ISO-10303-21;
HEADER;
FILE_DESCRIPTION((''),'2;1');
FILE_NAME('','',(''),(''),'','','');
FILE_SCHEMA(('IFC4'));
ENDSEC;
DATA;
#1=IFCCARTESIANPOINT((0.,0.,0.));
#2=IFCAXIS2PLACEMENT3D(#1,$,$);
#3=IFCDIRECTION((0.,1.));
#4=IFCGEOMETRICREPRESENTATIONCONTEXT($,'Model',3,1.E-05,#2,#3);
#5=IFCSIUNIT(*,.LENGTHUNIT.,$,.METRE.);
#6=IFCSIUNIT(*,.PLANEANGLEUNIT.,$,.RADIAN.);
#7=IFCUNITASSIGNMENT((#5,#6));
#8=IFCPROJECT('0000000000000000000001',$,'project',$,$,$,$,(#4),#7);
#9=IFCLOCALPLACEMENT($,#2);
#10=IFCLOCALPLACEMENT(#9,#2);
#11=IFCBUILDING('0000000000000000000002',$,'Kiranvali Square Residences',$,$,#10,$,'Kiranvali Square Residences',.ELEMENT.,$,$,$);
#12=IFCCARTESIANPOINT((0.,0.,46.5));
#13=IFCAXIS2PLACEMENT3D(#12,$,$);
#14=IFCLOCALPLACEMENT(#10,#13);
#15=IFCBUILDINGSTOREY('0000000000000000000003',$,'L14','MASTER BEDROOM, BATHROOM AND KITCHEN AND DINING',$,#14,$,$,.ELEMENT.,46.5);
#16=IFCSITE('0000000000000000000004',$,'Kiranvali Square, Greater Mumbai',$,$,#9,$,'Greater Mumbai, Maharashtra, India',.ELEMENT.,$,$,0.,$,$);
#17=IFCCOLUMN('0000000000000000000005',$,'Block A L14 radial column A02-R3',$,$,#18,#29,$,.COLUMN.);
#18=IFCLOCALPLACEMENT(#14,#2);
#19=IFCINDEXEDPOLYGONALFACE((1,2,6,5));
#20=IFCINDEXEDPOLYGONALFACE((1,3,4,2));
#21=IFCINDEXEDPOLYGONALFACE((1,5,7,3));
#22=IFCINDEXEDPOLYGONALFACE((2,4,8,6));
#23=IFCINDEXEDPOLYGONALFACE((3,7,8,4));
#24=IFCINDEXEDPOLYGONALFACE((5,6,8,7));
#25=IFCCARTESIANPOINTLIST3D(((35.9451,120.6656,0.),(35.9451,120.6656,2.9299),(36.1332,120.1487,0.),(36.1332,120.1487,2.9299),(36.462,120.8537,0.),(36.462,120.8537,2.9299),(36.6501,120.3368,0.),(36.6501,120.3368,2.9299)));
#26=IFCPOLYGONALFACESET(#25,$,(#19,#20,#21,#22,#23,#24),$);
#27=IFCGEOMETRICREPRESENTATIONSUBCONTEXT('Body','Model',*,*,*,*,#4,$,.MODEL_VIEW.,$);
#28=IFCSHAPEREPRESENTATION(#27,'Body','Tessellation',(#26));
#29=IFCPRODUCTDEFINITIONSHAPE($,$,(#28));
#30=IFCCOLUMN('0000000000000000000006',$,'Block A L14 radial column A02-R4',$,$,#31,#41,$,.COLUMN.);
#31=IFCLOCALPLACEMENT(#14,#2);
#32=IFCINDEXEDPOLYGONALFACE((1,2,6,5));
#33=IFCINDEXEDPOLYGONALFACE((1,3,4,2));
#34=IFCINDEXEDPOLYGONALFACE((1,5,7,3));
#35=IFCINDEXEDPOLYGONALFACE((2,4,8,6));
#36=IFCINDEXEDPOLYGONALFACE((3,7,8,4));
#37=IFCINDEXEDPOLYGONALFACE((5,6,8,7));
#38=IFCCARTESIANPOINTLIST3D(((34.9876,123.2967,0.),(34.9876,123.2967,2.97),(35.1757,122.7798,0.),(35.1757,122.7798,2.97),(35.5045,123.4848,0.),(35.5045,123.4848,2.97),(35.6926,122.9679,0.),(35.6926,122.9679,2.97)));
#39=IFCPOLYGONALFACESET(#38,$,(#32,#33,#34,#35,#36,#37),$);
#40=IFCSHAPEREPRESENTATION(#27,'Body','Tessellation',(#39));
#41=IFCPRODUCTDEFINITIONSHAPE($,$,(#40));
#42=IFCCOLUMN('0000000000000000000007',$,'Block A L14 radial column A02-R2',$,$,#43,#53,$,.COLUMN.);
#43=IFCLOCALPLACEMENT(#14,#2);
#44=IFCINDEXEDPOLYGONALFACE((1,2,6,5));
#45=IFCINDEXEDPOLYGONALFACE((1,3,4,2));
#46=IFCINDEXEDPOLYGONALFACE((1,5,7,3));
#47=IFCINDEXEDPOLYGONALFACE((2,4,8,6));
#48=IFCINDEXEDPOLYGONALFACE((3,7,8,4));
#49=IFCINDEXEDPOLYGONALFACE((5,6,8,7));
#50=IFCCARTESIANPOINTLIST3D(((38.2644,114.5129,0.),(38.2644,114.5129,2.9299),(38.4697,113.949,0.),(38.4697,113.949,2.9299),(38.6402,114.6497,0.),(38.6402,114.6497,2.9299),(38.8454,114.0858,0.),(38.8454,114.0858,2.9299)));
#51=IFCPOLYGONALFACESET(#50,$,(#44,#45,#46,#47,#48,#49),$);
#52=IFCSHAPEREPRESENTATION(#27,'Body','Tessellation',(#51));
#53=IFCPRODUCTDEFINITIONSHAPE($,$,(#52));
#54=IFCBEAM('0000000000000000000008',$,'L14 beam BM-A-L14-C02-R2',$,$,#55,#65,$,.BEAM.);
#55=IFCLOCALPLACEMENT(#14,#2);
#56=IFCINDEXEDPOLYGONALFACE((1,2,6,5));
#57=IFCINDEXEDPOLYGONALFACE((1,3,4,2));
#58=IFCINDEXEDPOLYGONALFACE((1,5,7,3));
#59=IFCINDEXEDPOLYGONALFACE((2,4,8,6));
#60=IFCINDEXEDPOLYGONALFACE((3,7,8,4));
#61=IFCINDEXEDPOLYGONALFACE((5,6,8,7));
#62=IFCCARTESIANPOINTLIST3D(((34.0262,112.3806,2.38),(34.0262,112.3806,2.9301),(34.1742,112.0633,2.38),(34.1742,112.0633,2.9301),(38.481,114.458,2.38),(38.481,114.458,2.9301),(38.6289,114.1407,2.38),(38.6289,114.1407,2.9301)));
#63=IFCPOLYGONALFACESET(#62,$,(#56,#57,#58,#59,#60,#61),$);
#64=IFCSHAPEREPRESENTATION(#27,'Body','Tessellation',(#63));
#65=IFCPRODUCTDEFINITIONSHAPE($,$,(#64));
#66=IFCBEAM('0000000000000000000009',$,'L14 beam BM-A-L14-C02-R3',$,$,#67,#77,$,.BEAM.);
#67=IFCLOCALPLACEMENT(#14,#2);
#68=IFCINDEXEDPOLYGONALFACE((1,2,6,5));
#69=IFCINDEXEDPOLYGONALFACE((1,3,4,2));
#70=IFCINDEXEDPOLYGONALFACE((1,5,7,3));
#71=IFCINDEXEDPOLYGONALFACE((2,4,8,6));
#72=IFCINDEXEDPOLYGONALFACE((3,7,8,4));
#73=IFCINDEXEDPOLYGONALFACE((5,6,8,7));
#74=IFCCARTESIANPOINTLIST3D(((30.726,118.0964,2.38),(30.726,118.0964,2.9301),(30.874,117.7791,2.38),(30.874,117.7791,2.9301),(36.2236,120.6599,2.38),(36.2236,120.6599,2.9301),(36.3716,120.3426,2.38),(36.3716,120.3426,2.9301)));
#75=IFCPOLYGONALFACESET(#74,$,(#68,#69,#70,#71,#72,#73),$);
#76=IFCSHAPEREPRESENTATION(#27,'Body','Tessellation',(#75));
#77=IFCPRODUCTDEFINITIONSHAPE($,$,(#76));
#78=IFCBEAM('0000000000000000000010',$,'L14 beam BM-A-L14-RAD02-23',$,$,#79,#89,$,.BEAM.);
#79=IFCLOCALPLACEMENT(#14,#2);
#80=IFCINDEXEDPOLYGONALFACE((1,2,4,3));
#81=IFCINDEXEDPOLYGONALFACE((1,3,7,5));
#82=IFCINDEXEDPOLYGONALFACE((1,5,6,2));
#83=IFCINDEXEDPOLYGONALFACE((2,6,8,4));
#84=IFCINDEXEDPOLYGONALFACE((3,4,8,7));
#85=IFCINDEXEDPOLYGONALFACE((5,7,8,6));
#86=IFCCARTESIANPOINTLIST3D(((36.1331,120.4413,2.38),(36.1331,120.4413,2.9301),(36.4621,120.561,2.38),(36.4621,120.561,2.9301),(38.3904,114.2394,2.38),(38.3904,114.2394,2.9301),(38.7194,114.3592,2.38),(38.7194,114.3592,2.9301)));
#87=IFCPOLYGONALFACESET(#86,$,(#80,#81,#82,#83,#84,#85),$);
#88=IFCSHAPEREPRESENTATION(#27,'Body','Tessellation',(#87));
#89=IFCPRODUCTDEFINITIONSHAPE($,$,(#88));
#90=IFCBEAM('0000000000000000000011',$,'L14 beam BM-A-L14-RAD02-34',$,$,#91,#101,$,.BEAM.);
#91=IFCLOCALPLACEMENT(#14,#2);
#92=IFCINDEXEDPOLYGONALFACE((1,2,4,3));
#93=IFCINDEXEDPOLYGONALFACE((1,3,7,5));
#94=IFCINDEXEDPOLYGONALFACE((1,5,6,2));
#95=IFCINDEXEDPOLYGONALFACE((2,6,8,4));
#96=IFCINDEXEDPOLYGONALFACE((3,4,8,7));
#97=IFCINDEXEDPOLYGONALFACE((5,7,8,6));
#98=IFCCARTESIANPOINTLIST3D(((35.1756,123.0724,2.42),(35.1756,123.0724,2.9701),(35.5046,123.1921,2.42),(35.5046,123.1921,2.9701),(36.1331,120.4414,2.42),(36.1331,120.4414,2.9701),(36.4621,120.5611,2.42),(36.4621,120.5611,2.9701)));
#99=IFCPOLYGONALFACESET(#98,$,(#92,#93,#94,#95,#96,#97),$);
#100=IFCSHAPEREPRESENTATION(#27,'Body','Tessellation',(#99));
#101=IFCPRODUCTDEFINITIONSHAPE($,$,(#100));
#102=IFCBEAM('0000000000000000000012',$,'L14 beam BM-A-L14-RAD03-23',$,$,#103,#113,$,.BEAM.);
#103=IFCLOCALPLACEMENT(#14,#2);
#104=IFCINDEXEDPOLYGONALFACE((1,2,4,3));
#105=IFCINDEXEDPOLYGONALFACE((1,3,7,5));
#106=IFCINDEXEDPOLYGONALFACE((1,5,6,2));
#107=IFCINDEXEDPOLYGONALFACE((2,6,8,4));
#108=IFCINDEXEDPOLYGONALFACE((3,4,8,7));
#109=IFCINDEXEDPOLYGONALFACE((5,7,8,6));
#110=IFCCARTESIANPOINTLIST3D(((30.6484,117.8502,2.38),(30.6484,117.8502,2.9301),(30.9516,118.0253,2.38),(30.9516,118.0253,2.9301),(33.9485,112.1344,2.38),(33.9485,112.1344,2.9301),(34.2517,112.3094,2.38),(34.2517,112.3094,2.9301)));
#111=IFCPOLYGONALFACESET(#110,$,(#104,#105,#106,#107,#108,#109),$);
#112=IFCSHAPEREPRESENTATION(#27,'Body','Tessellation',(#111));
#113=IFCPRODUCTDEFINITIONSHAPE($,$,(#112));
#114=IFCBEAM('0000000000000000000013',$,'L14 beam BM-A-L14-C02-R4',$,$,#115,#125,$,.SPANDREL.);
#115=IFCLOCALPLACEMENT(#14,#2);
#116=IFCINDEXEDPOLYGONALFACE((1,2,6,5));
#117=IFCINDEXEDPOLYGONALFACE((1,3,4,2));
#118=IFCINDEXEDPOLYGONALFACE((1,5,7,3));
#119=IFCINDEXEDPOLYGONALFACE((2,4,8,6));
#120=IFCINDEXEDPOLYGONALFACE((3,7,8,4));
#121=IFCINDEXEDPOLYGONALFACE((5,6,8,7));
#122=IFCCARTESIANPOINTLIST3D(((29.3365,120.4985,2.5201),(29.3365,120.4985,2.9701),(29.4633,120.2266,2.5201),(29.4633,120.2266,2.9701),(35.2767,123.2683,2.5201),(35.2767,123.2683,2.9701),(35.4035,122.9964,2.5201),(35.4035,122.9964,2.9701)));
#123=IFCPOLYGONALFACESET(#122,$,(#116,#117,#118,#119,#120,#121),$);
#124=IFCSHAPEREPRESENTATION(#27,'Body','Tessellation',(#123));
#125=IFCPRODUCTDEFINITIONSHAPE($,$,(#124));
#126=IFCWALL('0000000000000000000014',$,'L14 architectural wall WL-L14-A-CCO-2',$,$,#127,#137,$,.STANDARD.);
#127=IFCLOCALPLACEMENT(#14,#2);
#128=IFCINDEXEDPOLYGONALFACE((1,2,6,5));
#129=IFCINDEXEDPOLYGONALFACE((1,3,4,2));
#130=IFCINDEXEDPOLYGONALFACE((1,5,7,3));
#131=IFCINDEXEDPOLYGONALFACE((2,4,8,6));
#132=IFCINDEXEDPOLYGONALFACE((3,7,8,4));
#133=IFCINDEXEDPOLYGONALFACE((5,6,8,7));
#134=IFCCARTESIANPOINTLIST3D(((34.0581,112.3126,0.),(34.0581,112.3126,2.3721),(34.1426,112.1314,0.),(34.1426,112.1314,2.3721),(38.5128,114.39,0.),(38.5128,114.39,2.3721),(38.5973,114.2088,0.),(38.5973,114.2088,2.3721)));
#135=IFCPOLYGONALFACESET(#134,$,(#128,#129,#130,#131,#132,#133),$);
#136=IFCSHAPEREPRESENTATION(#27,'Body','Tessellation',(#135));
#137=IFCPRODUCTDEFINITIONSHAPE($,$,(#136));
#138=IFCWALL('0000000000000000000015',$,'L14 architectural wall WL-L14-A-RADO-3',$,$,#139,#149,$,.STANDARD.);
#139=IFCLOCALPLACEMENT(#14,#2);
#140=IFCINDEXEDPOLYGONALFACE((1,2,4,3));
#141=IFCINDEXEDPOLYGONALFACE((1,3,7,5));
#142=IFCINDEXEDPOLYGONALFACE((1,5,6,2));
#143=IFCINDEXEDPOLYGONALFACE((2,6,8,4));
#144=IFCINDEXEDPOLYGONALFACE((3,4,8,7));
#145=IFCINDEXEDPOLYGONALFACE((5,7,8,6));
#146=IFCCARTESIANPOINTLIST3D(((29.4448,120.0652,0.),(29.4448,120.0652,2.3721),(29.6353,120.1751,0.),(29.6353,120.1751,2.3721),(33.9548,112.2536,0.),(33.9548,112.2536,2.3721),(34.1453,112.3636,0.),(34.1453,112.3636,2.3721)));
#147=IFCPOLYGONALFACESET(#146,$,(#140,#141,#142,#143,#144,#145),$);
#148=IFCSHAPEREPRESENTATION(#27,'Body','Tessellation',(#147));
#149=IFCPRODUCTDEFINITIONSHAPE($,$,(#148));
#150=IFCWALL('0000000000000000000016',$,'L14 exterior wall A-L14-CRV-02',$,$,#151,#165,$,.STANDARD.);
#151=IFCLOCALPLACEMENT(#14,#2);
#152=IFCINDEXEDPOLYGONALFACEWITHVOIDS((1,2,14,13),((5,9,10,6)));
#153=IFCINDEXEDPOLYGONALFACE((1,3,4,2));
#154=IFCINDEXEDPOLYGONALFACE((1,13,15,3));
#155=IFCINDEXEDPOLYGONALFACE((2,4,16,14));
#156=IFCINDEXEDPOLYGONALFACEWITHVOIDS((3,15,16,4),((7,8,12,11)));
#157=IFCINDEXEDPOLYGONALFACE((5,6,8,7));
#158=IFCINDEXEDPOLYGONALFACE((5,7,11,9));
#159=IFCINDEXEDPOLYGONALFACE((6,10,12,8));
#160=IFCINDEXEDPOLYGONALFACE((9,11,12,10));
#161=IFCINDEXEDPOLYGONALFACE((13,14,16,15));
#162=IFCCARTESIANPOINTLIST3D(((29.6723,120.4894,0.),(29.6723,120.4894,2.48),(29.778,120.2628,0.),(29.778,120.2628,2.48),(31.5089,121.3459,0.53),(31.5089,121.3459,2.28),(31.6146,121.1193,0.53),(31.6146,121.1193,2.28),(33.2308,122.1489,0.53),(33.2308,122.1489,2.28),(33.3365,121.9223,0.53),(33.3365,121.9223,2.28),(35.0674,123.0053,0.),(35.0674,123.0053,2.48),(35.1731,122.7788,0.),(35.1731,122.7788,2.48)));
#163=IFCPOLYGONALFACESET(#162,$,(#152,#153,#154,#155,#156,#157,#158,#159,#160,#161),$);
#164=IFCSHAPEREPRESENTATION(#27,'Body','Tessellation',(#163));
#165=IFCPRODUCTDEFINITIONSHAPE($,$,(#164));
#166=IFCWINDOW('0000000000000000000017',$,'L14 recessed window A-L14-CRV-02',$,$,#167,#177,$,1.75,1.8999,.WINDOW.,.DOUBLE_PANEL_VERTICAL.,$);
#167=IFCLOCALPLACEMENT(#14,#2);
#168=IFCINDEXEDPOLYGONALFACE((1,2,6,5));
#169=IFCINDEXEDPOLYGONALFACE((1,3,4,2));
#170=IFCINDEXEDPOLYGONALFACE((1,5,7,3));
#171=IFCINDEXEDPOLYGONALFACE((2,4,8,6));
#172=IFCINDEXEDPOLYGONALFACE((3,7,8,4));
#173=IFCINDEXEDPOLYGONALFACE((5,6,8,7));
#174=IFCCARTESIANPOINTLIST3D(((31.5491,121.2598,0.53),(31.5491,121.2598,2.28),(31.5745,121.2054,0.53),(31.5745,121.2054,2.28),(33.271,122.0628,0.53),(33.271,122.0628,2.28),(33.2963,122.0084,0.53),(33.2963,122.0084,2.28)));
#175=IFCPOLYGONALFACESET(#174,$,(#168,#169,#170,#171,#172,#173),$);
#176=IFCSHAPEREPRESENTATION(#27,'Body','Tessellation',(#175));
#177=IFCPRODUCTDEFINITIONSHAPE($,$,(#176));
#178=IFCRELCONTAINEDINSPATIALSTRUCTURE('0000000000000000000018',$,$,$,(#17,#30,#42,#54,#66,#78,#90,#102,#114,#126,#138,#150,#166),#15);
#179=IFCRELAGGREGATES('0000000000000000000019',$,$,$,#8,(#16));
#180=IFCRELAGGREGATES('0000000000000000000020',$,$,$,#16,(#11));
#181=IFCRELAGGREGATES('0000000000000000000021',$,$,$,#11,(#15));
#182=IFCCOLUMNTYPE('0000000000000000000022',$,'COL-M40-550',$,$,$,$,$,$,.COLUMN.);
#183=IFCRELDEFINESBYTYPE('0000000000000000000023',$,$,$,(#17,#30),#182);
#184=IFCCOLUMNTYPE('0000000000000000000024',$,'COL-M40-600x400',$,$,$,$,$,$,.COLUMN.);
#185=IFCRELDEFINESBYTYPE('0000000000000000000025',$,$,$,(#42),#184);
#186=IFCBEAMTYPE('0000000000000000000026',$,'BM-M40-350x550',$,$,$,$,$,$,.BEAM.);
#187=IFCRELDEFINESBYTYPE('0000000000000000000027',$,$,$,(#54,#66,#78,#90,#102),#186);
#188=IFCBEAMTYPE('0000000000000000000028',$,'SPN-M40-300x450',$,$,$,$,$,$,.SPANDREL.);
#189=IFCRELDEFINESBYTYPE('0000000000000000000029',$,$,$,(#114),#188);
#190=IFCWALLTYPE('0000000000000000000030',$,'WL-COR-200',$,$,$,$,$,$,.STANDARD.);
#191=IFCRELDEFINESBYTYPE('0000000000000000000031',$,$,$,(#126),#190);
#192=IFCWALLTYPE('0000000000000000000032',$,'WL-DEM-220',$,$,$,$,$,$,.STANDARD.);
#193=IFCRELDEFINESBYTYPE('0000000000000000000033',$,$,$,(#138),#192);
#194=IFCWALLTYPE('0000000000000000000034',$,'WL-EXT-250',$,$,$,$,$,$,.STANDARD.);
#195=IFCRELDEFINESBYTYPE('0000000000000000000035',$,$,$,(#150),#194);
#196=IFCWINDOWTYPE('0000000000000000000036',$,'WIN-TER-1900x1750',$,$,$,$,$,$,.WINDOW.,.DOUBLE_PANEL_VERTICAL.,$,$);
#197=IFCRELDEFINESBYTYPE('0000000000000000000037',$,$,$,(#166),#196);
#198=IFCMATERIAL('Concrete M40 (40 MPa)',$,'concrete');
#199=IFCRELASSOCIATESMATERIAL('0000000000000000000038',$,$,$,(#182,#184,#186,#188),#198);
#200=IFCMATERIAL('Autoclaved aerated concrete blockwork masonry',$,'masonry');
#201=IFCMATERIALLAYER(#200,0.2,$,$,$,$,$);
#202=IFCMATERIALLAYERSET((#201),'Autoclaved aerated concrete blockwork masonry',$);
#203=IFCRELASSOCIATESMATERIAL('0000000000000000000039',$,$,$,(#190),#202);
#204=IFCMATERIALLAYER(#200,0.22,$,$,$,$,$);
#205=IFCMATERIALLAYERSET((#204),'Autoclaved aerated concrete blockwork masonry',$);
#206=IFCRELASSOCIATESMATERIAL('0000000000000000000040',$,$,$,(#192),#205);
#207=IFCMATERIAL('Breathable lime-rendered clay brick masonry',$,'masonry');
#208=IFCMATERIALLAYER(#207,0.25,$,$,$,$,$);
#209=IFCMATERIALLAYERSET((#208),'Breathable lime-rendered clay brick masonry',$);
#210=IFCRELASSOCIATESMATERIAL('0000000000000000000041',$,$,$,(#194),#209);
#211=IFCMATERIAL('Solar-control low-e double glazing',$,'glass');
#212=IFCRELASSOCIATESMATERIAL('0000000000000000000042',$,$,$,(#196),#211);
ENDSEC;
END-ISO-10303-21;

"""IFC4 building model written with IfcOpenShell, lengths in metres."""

from ifc_helpers import new_model, si_unit, direction, frame, frame_2d, origin, origin_2d, place, context, subcontext, project, spatial, rectangle, extrude, material, layer, layer_set, material_profile, profile_set, type_object, element, fill, save


model = new_model("IFC4")

# Units and contexts
model_context = context("Model", 3, precision=1e-05, world=origin(), true_north=direction((0.0, 1.0)))
body_context = subcontext(model_context, "Body", "Model", "MODEL_VIEW")
ifc_project = project(units=[si_unit("LENGTHUNIT", "METRE"), si_unit("PLANEANGLEUNIT", "RADIAN")], contexts=[model_context])

# Site, building, storey
site_placement = place(None, origin())
site = spatial("IfcSite", under=ifc_project, at=site_placement, Name="Kiranvali Square, Greater Mumbai", LongName="Greater Mumbai, Maharashtra, India", CompositionType="ELEMENT", RefElevation=0.0)
building_placement = place(site_placement, origin())
building = spatial("IfcBuilding", under=site, at=building_placement, Name="Kiranvali Square Residences", LongName="Kiranvali Square Residences", CompositionType="ELEMENT")
storey_placement = place(building_placement, frame((0.0, 0.0, 46.5)))
storey = spatial("IfcBuildingStorey", under=building, at=storey_placement, Name="L14", Description="MASTER BEDROOM, BATHROOM AND KITCHEN AND DINING", CompositionType="ELEMENT", Elevation=46.5)

# Columns
ifc_material_1 = material(Name="Concrete M40 (40 MPa)", Category="concrete")
ifc_material_profile_1 = material_profile(ifc_material_1, rectangle(XDim=0.55, YDim=0.55, at=origin_2d()), Name="RC 550x550")
ifc_profile_set_1 = profile_set([ifc_material_profile_1], Name="Concrete M40 (40 MPa)")
column_type_1 = type_object("IfcColumnType", Name="COL-M40-550", PredefinedType="COLUMN", material=ifc_profile_set_1)
column_1_placement = place(storey_placement, frame((36.2976, 120.5012, 0.0), z_axis=(0.0, 0.0, 1.0), x_axis=(0.939693, 0.34202, 0.0)))
element("IfcColumn", 1, at=column_1_placement, inside=storey, type_object=column_type_1, Name="Block A L14 radial column A02-R3", PredefinedType="COLUMN", context=body_context, shape_type="SweptSolid", body=[
    extrude(rectangle(XDim=0.55, YDim=0.55, at=origin_2d()), origin(), (0.0, 0.0, 1.0), 2.9299),
])
column_2_placement = place(storey_placement, frame((35.3401, 123.1323, 0.0), z_axis=(0.0, 0.0, 1.0), x_axis=(0.939693, 0.34202, 0.0)))
element("IfcColumn", 2, at=column_2_placement, inside=storey, type_object=column_type_1, Name="Block A L14 radial column A02-R4", PredefinedType="COLUMN", context=body_context, shape_type="SweptSolid", body=[
    extrude(rectangle(XDim=0.55, YDim=0.55, at=origin_2d()), origin(), (0.0, 0.0, 1.0), 2.97),
])
ifc_material_profile_2 = material_profile(ifc_material_1, rectangle(XDim=0.3999, YDim=0.6001, at=origin_2d()), Name="RC 600x400")
ifc_profile_set_2 = profile_set([ifc_material_profile_2], Name="Concrete M40 (40 MPa)")
column_type_2 = type_object("IfcColumnType", Name="COL-M40-600x400", PredefinedType="COLUMN", material=ifc_profile_set_2)
column_3_placement = place(storey_placement, frame((38.5549, 114.2993, 0.0), z_axis=(0.0, 0.0, 1.0), x_axis=(0.939693, 0.34202, 0.0)))
element("IfcColumn", 3, at=column_3_placement, inside=storey, type_object=column_type_2, Name="Block A L14 radial column A02-R2", PredefinedType="COLUMN", context=body_context, shape_type="SweptSolid", body=[
    extrude(rectangle(XDim=0.3999, YDim=0.6001, at=origin_2d()), origin(), (0.0, 0.0, 1.0), 2.9299),
])

# Beams
ifc_material_profile_3 = material_profile(ifc_material_1, rectangle(XDim=0.3501, YDim=0.55, at=origin_2d()), Name="RC 350x550")
ifc_profile_set_3 = profile_set([ifc_material_profile_3], Name="Concrete M40 (40 MPa)")
beam_type_1 = type_object("IfcBeamType", Name="BM-M40-350x550", PredefinedType="BEAM", material=ifc_profile_set_3)
beam_1_placement = place(storey_placement, frame((38.5549, 114.2993, 2.655), z_axis=(-0.906302, -0.42263, 0.0), x_axis=(0.42263, -0.906302, 0.0)))
element("IfcBeam", 4, at=beam_1_placement, inside=storey, type_object=beam_type_1, Name="L14 beam BM-A-L14-C02-R2", PredefinedType="BEAM", context=body_context, shape_type="SweptSolid", body=[
    extrude(rectangle(XDim=0.3501, YDim=0.55, at=origin_2d()), origin(), (0.0, 0.0, 1.0), 4.9153),
])
beam_2_placement = place(storey_placement, frame((36.2976, 120.5012, 2.655), z_axis=(-0.906313, -0.422608, 0.0), x_axis=(0.422608, -0.906313, 0.0)))
element("IfcBeam", 5, at=beam_2_placement, inside=storey, type_object=beam_type_1, Name="L14 beam BM-A-L14-C02-R3", PredefinedType="BEAM", context=body_context, shape_type="SweptSolid", body=[
    extrude(rectangle(XDim=0.3501, YDim=0.55, at=origin_2d()), origin(), (0.0, 0.0, 1.0), 6.0659),
])
beam_3_placement = place(storey_placement, frame((38.5549, 114.2993, 2.655), z_axis=(-0.342022, 0.939692, 0.0), x_axis=(-0.939692, -0.342022, 0.0)))
element("IfcBeam", 6, at=beam_3_placement, inside=storey, type_object=beam_type_1, Name="L14 beam BM-A-L14-RAD02-23", PredefinedType="BEAM", context=body_context, shape_type="SweptSolid", body=[
    extrude(rectangle(XDim=0.3501, YDim=0.55, at=origin_2d()), origin(), (0.0, 0.0, 1.0), 6.5999),
])
beam_4_placement = place(storey_placement, frame((36.2976, 120.5012, 2.6951), z_axis=(-0.341981, 0.939707, 0.0), x_axis=(-0.939707, -0.341981, 0.0)))
element("IfcBeam", 7, at=beam_4_placement, inside=storey, type_object=beam_type_1, Name="L14 beam BM-A-L14-RAD02-34", PredefinedType="BEAM", context=body_context, shape_type="SweptSolid", body=[
    extrude(rectangle(XDim=0.3501, YDim=0.55, at=origin_2d()), origin(), (0.0, 0.0, 1.0), 2.7998),
])
beam_5_placement = place(storey_placement, frame((34.1001, 112.2219, 2.655), z_axis=(-0.500002, 0.866024, 0.0), x_axis=(-0.866024, -0.500002, 0.0)))
element("IfcBeam", 8, at=beam_5_placement, inside=storey, type_object=beam_type_1, Name="L14 beam BM-A-L14-RAD03-23", PredefinedType="BEAM", context=body_context, shape_type="SweptSolid", body=[
    extrude(rectangle(XDim=0.3501, YDim=0.55, at=origin_2d()), origin(), (0.0, 0.0, 1.0), 6.6001),
])
ifc_material_profile_4 = material_profile(ifc_material_1, rectangle(XDim=0.3, YDim=0.45, at=origin_2d()), Name="RC 300x450")
ifc_profile_set_4 = profile_set([ifc_material_profile_4], Name="Concrete M40 (40 MPa)")
beam_type_2 = type_object("IfcBeamType", Name="SPN-M40-300x450", PredefinedType="SPANDREL", material=ifc_profile_set_4)
beam_6_placement = place(storey_placement, frame((35.3401, 123.1323, 2.7451), z_axis=(-0.906318, -0.422596, 0.0), x_axis=(0.422596, -0.906318, 0.0)))
element("IfcBeam", 9, at=beam_6_placement, inside=storey, type_object=beam_type_2, Name="L14 beam BM-A-L14-C02-R4", PredefinedType="SPANDREL", context=body_context, shape_type="SweptSolid", body=[
    extrude(rectangle(XDim=0.3, YDim=0.45, at=origin_2d()), origin(), (0.0, 0.0, 1.0), 6.5542),
])

# Wall
ifc_material_2 = material(Name="Autoclaved aerated concrete blockwork masonry", Category="masonry")
ifc_layer_1 = layer(ifc_material_2, 0.2)
ifc_layer_set_1 = layer_set([ifc_layer_1], Name="Autoclaved aerated concrete blockwork masonry")
wall_type_1 = type_object("IfcWallType", Name="WL-COR-200", PredefinedType="STANDARD", material=ifc_layer_set_1)
wall_1_placement = place(storey_placement, frame((38.5549, 114.2993, 0.0), z_axis=(0.0, 0.0, 1.0), x_axis=(-0.906302, -0.42263, 0.0)))
element("IfcWall", 10, at=wall_1_placement, inside=storey, type_object=wall_type_1, Name="L14 architectural wall WL-L14-A-CCO-2", PredefinedType="STANDARD", context=body_context, shape_type="SweptSolid", body=[
    extrude(rectangle(XDim=4.9153, YDim=0.2, at=frame_2d((2.4575, 0.0))), origin(), (0.0, 0.0, 1.0), 2.3721),
])

# Wall
ifc_layer_2 = layer(ifc_material_2, 0.22)
ifc_layer_set_2 = layer_set([ifc_layer_2], Name="Autoclaved aerated concrete blockwork masonry")
wall_type_2 = type_object("IfcWallType", Name="WL-DEM-220", PredefinedType="STANDARD", material=ifc_layer_set_2)
wall_2_placement = place(storey_placement, frame((34.05, 112.3086, 0.0), z_axis=(0.0, 0.0, 1.0), x_axis=(-0.500002, 0.866024, 0.0)))
element("IfcWall", 11, at=wall_2_placement, inside=storey, type_object=wall_type_2, Name="L14 architectural wall WL-L14-A-RADO-3", PredefinedType="STANDARD", context=body_context, shape_type="SweptSolid", body=[
    extrude(rectangle(XDim=9.02, YDim=0.22, at=frame_2d((4.51, 0.0))), origin(), (0.0, 0.0, 1.0), 2.3721),
])

# Wall, opening, window
ifc_material_3 = material(Name="Breathable lime-rendered clay brick masonry", Category="masonry")
ifc_layer_3 = layer(ifc_material_3, 0.25)
ifc_layer_set_3 = layer_set([ifc_layer_3], Name="Breathable lime-rendered clay brick masonry")
wall_type_3 = type_object("IfcWallType", Name="WL-EXT-250", PredefinedType="STANDARD", material=ifc_layer_set_3)
wall_3_placement = place(storey_placement, frame((35.1204, 122.8921, 0.0), z_axis=(0.0, 0.0, 1.0), x_axis=(-0.906299, -0.422636, 0.0)))
wall_3 = element("IfcWall", 12, at=wall_3_placement, inside=storey, type_object=wall_type_3, Name="L14 exterior wall A-L14-CRV-02", PredefinedType="STANDARD", context=body_context, shape_type="SweptSolid", body=[
    extrude(rectangle(XDim=5.9529, YDim=0.25, at=frame_2d((2.9766, 0.0))), origin(), (0.0, 0.0, 1.0), 2.48),
])
opening_1_placement = place(wall_3_placement, frame((2.0266, 0.0, 0.53)))
opening_1 = element("IfcOpeningElement", 13, at=opening_1_placement, cuts=wall_3, PredefinedType="OPENING", context=body_context, shape_type="SweptSolid", body=[
    extrude(rectangle(XDim=1.8999, YDim=1.75, at=frame_2d((0.95, 0.875))), frame((0.0, 0.135, 0.0), z_axis=(0.0, -1.0, 0.0), x_axis=(1.0, 0.0, 0.0)), (0.0, 0.0, 1.0), 0.27),
])
ifc_material_4 = material(Name="Solar-control low-e double glazing", Category="glass")
window_type = type_object("IfcWindowType", Name="WIN-TER-1900x1750", PartitioningType="DOUBLE_PANEL_VERTICAL", PredefinedType="WINDOW", material=ifc_material_4)
window_placement = place(opening_1_placement, origin())
window = element("IfcWindow", 14, at=window_placement, inside=storey, type_object=window_type, Name="L14 recessed window A-L14-CRV-02", OverallHeight=1.75, OverallWidth=1.8999, PartitioningType="DOUBLE_PANEL_VERTICAL", PredefinedType="WINDOW", context=body_context, shape_type="SweptSolid", body=[
    extrude(rectangle(XDim=1.8999, YDim=1.75, at=frame_2d((0.95, 0.875))), frame((0.0, 0.03, 0.0), z_axis=(0.0, -1.0, 0.0), x_axis=(1.0, 0.0, 0.0)), (0.0, 0.0, 1.0), 0.0601),
])
fill(opening_1, window)

save(model, "model.ifc")
